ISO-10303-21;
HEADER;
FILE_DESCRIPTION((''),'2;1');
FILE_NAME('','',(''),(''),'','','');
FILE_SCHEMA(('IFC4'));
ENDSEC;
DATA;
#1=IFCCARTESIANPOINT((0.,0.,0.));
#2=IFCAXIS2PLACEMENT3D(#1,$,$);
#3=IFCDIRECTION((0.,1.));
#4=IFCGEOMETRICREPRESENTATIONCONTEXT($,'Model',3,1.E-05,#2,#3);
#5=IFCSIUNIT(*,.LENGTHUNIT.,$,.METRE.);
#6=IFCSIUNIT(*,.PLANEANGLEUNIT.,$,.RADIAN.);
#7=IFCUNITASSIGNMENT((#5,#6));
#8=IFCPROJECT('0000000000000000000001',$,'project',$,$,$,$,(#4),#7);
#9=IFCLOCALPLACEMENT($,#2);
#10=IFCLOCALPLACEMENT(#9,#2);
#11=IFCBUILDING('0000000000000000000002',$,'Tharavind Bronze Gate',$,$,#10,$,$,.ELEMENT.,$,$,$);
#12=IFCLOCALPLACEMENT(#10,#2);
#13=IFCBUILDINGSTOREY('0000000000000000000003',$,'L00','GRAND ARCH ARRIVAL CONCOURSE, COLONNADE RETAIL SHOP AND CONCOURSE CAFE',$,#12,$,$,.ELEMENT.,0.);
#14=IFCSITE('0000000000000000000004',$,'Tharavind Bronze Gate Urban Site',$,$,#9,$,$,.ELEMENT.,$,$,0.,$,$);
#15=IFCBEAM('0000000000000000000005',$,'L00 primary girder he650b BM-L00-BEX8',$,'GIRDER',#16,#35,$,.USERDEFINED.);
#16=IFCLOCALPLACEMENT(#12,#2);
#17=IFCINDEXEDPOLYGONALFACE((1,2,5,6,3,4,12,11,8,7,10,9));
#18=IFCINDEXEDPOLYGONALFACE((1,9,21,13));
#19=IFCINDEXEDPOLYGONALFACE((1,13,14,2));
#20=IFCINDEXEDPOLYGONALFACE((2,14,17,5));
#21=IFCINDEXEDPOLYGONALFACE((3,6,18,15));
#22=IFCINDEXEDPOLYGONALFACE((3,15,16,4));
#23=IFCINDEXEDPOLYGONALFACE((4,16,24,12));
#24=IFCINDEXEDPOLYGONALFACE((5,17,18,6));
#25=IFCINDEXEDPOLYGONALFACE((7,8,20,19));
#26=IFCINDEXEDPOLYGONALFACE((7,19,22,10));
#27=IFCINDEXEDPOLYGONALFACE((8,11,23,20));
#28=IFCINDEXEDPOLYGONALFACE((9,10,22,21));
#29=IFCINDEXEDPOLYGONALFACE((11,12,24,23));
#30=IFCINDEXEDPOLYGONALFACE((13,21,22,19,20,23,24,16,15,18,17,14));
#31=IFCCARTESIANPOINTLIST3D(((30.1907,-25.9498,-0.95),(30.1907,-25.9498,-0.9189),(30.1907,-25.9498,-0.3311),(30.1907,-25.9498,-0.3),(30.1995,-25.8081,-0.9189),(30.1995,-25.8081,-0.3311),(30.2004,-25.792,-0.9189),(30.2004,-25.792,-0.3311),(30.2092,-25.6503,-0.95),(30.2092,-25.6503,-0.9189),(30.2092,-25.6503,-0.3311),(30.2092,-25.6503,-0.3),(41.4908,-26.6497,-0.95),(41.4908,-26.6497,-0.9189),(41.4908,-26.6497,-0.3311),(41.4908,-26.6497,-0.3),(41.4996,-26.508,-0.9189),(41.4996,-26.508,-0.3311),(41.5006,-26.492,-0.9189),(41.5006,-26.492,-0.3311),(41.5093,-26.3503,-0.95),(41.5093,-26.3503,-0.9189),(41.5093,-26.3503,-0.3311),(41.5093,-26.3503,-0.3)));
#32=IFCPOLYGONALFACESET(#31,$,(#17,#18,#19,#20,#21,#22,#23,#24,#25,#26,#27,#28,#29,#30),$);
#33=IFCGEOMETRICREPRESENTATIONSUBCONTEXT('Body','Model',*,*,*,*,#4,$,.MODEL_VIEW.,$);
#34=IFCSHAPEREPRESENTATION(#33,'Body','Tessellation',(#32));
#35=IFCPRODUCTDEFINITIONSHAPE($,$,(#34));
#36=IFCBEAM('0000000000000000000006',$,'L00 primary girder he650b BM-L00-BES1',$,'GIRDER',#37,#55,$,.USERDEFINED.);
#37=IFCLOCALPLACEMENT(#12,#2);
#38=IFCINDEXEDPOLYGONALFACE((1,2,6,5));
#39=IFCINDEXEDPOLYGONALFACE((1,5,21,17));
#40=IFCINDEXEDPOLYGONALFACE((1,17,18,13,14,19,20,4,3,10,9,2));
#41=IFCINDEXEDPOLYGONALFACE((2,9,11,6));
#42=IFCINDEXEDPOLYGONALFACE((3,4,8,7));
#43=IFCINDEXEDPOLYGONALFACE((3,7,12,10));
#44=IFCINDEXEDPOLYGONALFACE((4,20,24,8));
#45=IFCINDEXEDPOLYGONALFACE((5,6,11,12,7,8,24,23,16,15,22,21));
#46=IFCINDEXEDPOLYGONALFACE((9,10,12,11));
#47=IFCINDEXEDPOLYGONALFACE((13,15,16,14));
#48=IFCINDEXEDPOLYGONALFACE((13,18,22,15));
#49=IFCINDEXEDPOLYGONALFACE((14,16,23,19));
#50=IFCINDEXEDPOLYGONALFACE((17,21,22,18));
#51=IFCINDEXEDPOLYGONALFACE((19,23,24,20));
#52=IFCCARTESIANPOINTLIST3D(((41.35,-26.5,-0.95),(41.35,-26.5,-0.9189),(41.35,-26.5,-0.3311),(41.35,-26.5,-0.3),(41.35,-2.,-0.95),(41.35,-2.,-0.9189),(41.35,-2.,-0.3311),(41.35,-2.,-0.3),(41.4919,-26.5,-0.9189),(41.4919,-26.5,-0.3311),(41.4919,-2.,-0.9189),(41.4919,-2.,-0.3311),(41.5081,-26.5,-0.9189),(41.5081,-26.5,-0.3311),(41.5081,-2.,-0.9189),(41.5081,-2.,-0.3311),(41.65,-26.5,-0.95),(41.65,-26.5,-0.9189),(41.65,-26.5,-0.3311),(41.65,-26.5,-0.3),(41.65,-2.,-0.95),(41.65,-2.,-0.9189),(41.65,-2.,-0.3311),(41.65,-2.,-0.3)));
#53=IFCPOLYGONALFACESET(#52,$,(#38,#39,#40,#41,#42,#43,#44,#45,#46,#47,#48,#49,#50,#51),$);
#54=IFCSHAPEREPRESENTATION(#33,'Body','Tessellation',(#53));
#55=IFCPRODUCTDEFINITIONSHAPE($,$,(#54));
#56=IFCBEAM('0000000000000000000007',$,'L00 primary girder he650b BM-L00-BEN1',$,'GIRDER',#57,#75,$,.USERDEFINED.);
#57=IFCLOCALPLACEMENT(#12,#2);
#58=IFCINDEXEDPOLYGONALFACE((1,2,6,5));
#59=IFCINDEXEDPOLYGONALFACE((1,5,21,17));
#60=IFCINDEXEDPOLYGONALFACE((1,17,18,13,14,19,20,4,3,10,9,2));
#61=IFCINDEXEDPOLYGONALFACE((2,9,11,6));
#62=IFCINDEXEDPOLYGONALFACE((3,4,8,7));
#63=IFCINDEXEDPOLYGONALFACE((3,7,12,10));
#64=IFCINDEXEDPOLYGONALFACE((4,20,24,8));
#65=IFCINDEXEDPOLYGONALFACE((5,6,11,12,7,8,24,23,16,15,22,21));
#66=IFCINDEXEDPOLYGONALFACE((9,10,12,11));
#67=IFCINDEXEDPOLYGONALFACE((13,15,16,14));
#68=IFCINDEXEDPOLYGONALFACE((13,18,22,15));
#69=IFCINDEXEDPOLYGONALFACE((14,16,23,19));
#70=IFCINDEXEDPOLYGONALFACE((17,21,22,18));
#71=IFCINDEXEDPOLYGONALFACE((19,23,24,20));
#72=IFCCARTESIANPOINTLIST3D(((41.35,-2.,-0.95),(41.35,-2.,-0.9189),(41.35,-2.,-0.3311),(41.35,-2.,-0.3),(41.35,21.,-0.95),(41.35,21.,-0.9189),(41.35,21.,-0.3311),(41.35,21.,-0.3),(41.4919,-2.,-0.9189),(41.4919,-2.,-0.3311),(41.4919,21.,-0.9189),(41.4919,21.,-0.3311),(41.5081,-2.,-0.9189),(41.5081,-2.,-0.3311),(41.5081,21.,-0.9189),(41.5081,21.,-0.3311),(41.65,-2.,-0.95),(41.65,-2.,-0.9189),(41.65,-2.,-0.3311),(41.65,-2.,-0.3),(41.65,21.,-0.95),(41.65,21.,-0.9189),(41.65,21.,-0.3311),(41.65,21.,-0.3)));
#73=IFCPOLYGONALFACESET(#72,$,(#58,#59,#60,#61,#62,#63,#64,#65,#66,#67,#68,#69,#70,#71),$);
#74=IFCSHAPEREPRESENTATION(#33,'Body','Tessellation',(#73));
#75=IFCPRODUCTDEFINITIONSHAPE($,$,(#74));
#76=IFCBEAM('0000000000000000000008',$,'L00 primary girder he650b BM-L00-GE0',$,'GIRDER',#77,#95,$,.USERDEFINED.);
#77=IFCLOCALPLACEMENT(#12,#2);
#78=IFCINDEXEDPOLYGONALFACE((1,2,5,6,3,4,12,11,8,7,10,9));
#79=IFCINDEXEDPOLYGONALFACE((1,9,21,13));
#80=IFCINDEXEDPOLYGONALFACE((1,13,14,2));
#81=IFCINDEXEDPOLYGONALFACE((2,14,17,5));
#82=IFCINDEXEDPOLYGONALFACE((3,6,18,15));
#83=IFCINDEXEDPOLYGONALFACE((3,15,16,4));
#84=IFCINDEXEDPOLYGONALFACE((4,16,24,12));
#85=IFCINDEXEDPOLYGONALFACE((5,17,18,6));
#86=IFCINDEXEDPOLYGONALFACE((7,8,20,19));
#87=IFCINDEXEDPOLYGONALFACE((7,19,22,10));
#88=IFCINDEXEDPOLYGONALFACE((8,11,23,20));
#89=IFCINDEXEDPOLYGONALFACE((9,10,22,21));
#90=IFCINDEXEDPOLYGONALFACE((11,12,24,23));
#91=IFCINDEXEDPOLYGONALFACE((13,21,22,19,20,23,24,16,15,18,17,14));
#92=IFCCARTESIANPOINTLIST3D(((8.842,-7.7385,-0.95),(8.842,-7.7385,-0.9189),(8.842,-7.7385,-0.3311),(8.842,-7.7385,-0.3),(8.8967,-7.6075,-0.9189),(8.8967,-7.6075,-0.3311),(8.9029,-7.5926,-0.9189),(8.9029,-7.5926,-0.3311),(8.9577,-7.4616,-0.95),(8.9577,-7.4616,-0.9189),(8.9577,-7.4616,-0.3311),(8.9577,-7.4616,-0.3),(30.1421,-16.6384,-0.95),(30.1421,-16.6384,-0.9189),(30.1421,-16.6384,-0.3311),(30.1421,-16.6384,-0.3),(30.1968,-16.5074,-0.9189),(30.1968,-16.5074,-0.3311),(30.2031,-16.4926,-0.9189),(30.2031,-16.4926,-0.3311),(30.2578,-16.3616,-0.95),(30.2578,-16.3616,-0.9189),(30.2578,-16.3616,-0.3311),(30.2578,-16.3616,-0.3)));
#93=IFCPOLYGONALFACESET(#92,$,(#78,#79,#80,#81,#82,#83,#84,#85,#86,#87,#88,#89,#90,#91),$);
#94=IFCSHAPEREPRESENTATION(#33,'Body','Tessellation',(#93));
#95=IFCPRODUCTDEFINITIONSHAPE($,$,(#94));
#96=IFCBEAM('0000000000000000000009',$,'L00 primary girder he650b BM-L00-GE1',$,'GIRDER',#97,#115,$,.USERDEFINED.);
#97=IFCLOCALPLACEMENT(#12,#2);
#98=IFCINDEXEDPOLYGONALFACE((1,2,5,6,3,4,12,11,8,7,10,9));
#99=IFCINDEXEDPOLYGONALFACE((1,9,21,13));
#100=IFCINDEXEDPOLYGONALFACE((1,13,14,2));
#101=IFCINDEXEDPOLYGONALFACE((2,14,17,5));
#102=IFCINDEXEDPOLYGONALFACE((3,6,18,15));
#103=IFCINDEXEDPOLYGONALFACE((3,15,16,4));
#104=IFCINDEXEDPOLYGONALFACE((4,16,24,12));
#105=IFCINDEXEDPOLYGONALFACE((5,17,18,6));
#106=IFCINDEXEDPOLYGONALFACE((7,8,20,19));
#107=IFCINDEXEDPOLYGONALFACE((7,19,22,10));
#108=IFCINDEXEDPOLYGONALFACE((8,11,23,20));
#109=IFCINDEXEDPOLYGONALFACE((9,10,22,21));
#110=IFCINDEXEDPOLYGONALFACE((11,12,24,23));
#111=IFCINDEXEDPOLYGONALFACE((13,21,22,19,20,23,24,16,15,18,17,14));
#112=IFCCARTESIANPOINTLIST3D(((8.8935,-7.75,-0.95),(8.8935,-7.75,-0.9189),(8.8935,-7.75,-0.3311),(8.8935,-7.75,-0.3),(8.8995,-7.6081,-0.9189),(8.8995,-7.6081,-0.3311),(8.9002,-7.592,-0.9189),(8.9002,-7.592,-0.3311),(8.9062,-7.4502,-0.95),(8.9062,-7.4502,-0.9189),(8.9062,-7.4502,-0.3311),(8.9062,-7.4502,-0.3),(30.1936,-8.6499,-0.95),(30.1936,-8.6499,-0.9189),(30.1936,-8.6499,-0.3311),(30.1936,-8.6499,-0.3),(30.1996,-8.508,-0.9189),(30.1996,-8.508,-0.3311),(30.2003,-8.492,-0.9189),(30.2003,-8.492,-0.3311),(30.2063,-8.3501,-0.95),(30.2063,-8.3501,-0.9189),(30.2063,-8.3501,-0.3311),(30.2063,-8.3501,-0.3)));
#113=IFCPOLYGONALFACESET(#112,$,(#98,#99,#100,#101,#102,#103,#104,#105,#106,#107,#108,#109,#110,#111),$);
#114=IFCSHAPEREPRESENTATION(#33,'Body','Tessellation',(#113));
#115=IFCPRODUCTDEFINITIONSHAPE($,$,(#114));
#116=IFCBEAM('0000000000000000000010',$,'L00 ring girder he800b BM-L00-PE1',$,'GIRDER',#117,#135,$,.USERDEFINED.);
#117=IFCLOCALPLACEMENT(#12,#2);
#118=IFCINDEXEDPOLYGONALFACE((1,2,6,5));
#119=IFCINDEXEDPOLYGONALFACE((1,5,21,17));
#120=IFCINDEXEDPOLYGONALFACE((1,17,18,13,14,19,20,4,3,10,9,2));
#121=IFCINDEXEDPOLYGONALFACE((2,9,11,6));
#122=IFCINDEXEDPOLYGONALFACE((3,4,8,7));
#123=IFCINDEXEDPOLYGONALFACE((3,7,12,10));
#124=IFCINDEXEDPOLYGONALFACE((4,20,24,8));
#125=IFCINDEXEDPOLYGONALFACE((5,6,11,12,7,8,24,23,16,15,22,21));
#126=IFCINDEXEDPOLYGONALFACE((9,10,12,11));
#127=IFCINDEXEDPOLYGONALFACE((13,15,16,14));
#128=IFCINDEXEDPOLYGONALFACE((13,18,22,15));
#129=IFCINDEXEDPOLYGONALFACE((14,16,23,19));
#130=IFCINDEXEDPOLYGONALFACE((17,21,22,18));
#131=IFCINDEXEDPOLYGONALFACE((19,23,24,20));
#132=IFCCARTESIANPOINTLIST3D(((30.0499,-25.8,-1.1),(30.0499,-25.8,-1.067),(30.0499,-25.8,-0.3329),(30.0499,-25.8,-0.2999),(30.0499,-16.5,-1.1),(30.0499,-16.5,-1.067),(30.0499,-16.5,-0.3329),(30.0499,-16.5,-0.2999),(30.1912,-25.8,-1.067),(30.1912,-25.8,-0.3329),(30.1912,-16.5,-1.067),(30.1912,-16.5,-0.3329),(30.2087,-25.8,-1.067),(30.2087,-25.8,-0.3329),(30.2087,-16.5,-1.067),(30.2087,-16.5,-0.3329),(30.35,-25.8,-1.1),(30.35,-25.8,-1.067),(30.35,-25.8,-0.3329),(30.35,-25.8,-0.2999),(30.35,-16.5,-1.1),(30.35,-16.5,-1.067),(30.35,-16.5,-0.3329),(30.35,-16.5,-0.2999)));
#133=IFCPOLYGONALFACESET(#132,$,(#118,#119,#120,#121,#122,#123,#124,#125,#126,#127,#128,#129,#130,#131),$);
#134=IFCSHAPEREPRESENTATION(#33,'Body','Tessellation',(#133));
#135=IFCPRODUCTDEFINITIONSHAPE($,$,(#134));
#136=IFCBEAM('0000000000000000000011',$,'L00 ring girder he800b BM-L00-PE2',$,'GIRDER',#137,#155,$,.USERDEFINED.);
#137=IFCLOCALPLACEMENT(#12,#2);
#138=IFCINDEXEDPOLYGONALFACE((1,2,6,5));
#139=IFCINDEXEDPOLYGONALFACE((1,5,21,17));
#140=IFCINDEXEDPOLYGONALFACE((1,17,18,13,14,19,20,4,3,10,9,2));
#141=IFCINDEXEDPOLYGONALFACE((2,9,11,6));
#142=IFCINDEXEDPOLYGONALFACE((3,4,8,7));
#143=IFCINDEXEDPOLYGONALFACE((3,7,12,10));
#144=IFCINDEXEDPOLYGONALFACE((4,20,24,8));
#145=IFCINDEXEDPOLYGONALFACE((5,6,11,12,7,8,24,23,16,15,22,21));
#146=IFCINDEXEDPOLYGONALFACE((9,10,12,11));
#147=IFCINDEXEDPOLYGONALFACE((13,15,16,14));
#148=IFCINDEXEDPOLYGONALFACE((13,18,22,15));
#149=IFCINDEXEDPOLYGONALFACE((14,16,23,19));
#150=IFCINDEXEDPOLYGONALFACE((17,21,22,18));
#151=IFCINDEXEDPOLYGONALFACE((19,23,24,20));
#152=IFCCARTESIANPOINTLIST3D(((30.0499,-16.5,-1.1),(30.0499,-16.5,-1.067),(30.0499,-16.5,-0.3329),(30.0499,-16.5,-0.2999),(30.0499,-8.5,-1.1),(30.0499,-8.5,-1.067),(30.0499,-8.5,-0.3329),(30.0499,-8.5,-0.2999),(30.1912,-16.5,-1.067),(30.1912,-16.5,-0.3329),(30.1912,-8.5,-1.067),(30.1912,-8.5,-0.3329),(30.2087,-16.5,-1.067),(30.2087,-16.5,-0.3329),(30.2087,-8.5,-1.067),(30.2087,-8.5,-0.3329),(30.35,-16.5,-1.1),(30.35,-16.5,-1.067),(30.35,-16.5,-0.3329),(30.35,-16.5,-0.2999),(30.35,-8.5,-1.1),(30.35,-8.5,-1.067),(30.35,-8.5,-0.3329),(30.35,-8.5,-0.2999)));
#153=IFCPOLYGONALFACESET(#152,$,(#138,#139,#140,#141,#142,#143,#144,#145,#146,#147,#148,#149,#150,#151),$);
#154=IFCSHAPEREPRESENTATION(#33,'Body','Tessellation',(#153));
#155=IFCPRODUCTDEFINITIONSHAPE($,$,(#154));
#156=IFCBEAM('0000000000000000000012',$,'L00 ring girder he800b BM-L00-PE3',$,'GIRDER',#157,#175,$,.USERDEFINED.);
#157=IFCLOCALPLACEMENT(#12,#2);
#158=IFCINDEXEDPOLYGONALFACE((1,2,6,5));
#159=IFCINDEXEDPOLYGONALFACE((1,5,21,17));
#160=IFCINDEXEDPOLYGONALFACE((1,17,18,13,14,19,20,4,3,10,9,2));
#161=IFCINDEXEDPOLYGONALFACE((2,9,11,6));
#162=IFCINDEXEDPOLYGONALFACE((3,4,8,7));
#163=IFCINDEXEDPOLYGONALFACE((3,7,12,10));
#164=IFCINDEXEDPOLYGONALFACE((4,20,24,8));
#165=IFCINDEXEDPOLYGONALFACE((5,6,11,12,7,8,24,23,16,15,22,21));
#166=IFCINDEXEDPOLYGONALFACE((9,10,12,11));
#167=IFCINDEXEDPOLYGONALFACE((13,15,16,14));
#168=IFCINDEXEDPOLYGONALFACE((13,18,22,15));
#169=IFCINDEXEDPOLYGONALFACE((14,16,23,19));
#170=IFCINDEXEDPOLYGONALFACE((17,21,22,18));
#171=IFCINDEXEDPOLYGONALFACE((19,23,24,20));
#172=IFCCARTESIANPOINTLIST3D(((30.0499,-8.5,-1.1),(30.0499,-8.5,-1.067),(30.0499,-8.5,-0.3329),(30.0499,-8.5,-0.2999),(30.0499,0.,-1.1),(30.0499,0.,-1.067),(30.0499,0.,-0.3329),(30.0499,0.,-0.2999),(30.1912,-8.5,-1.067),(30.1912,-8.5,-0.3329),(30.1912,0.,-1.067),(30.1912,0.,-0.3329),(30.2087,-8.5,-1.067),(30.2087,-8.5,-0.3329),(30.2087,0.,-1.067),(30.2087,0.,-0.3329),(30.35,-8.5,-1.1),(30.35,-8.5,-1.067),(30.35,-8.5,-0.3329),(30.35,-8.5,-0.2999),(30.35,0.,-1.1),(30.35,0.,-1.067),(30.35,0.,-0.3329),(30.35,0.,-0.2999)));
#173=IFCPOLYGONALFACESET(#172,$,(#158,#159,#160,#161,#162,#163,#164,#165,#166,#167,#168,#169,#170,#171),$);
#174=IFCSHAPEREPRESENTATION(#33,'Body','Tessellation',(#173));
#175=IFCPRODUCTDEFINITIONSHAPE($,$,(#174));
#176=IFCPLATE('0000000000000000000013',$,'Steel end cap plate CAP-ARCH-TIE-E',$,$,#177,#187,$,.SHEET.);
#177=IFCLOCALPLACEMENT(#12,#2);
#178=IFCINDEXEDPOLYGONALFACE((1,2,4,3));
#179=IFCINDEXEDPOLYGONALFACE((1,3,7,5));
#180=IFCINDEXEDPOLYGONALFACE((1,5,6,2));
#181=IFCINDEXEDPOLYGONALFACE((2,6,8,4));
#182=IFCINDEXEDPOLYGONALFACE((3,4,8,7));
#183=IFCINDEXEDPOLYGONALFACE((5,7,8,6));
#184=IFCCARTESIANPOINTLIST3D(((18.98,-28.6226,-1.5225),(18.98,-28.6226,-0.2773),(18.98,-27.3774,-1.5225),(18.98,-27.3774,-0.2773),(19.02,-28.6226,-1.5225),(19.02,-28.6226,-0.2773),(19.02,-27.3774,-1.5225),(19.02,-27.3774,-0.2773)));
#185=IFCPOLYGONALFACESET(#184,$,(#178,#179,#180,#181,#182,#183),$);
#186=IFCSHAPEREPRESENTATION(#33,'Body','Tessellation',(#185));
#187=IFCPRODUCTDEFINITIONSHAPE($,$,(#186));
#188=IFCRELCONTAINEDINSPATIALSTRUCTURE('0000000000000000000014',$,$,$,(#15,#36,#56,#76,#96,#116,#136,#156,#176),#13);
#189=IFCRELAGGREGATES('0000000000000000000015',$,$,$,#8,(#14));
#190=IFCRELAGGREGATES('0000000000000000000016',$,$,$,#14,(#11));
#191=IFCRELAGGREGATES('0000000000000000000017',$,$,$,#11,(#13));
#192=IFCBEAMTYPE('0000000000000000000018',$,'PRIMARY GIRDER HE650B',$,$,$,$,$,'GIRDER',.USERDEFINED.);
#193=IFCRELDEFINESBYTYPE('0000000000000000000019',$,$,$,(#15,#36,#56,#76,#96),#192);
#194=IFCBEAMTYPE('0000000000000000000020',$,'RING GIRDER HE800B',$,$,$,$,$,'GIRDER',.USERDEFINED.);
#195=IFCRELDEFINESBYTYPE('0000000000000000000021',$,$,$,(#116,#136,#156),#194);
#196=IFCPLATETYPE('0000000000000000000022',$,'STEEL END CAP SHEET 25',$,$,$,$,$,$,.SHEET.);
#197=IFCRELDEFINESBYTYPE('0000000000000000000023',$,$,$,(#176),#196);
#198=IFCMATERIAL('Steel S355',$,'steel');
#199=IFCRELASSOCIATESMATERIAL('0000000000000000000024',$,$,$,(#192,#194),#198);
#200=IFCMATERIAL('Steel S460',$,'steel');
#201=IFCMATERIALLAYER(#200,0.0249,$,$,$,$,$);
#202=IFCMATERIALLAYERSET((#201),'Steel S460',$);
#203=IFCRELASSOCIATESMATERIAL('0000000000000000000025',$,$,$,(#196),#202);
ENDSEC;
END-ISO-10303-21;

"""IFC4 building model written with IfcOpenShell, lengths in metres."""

from ifc_helpers import new_model, si_unit, direction, frame, origin, origin_2d, place, context, subcontext, project, spatial, rectangle, i_section, extrude, material, layer, layer_set, material_profile, profile_set, type_object, element, save


model = new_model("IFC4")

# Units and contexts
model_context = context("Model", 3, precision=1e-05, world=origin(), true_north=direction((0.0, 1.0)))
body_context = subcontext(model_context, "Body", "Model", "MODEL_VIEW")
ifc_project = project(units=[si_unit("LENGTHUNIT", "METRE"), si_unit("PLANEANGLEUNIT", "RADIAN")], contexts=[model_context])

# Site, building, storey
site_placement = place(None, origin())
site = spatial("IfcSite", under=ifc_project, at=site_placement, Name="Tharavind Bronze Gate Urban Site", CompositionType="ELEMENT", RefElevation=0.0)
building_placement = place(site_placement, origin())
building = spatial("IfcBuilding", under=site, at=building_placement, Name="Tharavind Bronze Gate", CompositionType="ELEMENT")
storey_placement = place(building_placement, origin())
storey = spatial("IfcBuildingStorey", under=building, at=storey_placement, Name="L00", Description="GRAND ARCH ARRIVAL CONCOURSE, COLONNADE RETAIL SHOP AND CONCOURSE CAFE", CompositionType="ELEMENT", Elevation=0.0)

# Shared definitions
ifc_material_1 = material(Name="Steel S460", Category="steel")

# Shared definitions
ifc_material_2 = material(Name="Steel S355", Category="steel")

# Beams
ifc_material_profile_1 = material_profile(ifc_material_2, i_section(OverallWidth=0.3, OverallDepth=0.6499, WebThickness=0.0161, FlangeThickness=0.031, at=origin_2d()), Name="HE650B")
ifc_profile_set_1 = profile_set([ifc_material_profile_1], Name="Steel S355")
beam_type_1 = type_object("IfcBeamType", Name="PRIMARY GIRDER HE650B", ElementType="GIRDER", PredefinedType="USERDEFINED", material=ifc_profile_set_1)
beam_1_placement = place(storey_placement, frame((30.2, -25.8, -0.625), z_axis=(0.998087, -0.061824, 0.0), x_axis=(0.061824, 0.998087, 0.0)))
element("IfcBeam", 1, at=beam_1_placement, inside=storey, type_object=beam_type_1, Name="L00 primary girder he650b BM-L00-BEX8", ObjectType="GIRDER", PredefinedType="USERDEFINED", context=body_context, shape_type="SweptSolid", body=[
    extrude(i_section(OverallWidth=0.3, OverallDepth=0.6499, WebThickness=0.0161, FlangeThickness=0.031, at=origin_2d()), origin(), (0.0, 0.0, 1.0), 11.3218),
])
beam_2_placement = place(storey_placement, frame((41.5, -26.5, -0.625), z_axis=(0.0, 1.0, 0.0), x_axis=(-1.0, 0.0, 0.0)))
element("IfcBeam", 2, at=beam_2_placement, inside=storey, type_object=beam_type_1, Name="L00 primary girder he650b BM-L00-BES1", ObjectType="GIRDER", PredefinedType="USERDEFINED", context=body_context, shape_type="SweptSolid", body=[
    extrude(i_section(OverallWidth=0.3, OverallDepth=0.6499, WebThickness=0.0161, FlangeThickness=0.031, at=origin_2d()), origin(), (0.0, 0.0, 1.0), 24.5),
])
beam_3_placement = place(storey_placement, frame((41.5, -2.0, -0.625), z_axis=(0.0, 1.0, 0.0), x_axis=(-1.0, 0.0, 0.0)))
element("IfcBeam", 3, at=beam_3_placement, inside=storey, type_object=beam_type_1, Name="L00 primary girder he650b BM-L00-BEN1", ObjectType="GIRDER", PredefinedType="USERDEFINED", context=body_context, shape_type="SweptSolid", body=[
    extrude(i_section(OverallWidth=0.3, OverallDepth=0.6499, WebThickness=0.0161, FlangeThickness=0.031, at=origin_2d()), origin(), (0.0, 0.0, 1.0), 23.0),
])
beam_4_placement = place(storey_placement, frame((30.2, -16.5, -0.625), z_axis=(-0.922694, 0.385534, 0.0), x_axis=(-0.385534, -0.922694, 0.0)))
element("IfcBeam", 4, at=beam_4_placement, inside=storey, type_object=beam_type_1, Name="L00 primary girder he650b BM-L00-GE0", ObjectType="GIRDER", PredefinedType="USERDEFINED", context=body_context, shape_type="SweptSolid", body=[
    extrude(i_section(OverallWidth=0.3, OverallDepth=0.6499, WebThickness=0.0161, FlangeThickness=0.031, at=origin_2d()), origin(), (0.0, 0.0, 1.0), 23.0847),
])
beam_5_placement = place(storey_placement, frame((30.2, -8.5, -0.625), z_axis=(-0.999109, 0.042211, 0.0), x_axis=(-0.042211, -0.999109, 0.0)))
element("IfcBeam", 5, at=beam_5_placement, inside=storey, type_object=beam_type_1, Name="L00 primary girder he650b BM-L00-GE1", ObjectType="GIRDER", PredefinedType="USERDEFINED", context=body_context, shape_type="SweptSolid", body=[
    extrude(i_section(OverallWidth=0.3, OverallDepth=0.6499, WebThickness=0.0161, FlangeThickness=0.031, at=origin_2d()), origin(), (0.0, 0.0, 1.0), 21.3191),
])
ifc_material_profile_2 = material_profile(ifc_material_2, i_section(OverallWidth=0.3, OverallDepth=0.8, WebThickness=0.0176, FlangeThickness=0.033, at=origin_2d()), Name="HE800B")
ifc_profile_set_2 = profile_set([ifc_material_profile_2], Name="Steel S355")
beam_type_2 = type_object("IfcBeamType", Name="RING GIRDER HE800B", ElementType="GIRDER", PredefinedType="USERDEFINED", material=ifc_profile_set_2)
beam_6_placement = place(storey_placement, frame((30.2, -25.8, -0.7), z_axis=(0.0, 1.0, 0.0), x_axis=(-1.0, 0.0, 0.0)))
element("IfcBeam", 6, at=beam_6_placement, inside=storey, type_object=beam_type_2, Name="L00 ring girder he800b BM-L00-PE1", ObjectType="GIRDER", PredefinedType="USERDEFINED", context=body_context, shape_type="SweptSolid", body=[
    extrude(i_section(OverallWidth=0.3, OverallDepth=0.8, WebThickness=0.0176, FlangeThickness=0.033, at=origin_2d()), origin(), (0.0, 0.0, 1.0), 9.3),
])
beam_7_placement = place(storey_placement, frame((30.2, -16.5, -0.7), z_axis=(0.0, 1.0, 0.0), x_axis=(-1.0, 0.0, 0.0)))
element("IfcBeam", 7, at=beam_7_placement, inside=storey, type_object=beam_type_2, Name="L00 ring girder he800b BM-L00-PE2", ObjectType="GIRDER", PredefinedType="USERDEFINED", context=body_context, shape_type="SweptSolid", body=[
    extrude(i_section(OverallWidth=0.3, OverallDepth=0.8, WebThickness=0.0176, FlangeThickness=0.033, at=origin_2d()), origin(), (0.0, 0.0, 1.0), 8.0),
])
beam_8_placement = place(storey_placement, frame((30.2, -8.5, -0.7), z_axis=(0.0, 1.0, 0.0), x_axis=(-1.0, 0.0, 0.0)))
element("IfcBeam", 8, at=beam_8_placement, inside=storey, type_object=beam_type_2, Name="L00 ring girder he800b BM-L00-PE3", ObjectType="GIRDER", PredefinedType="USERDEFINED", context=body_context, shape_type="SweptSolid", body=[
    extrude(i_section(OverallWidth=0.3, OverallDepth=0.8, WebThickness=0.0176, FlangeThickness=0.033, at=origin_2d()), origin(), (0.0, 0.0, 1.0), 8.5),
])

# Plate
ifc_layer_1 = layer(ifc_material_1, 0.0249)
ifc_layer_set_1 = layer_set([ifc_layer_1], Name="Steel S460")
plate_type_1 = type_object("IfcPlateType", Name="STEEL END CAP SHEET 25", PredefinedType="SHEET", material=ifc_layer_set_1)
plate_1_placement = place(storey_placement, frame((19.0, -28.0, -1.5225), z_axis=(0.0, 0.0, 1.0), x_axis=(1.0, 0.0, 0.0)))
element("IfcPlate", 9, at=plate_1_placement, inside=storey, type_object=plate_type_1, Name="Steel end cap plate CAP-ARCH-TIE-E", PredefinedType="SHEET", context=body_context, shape_type="SweptSolid", body=[
    extrude(rectangle(XDim=0.04, YDim=1.2451, at=origin_2d()), origin(), (0.0, 0.0, 1.0), 1.2451),
])

save(model, "model.ifc")
